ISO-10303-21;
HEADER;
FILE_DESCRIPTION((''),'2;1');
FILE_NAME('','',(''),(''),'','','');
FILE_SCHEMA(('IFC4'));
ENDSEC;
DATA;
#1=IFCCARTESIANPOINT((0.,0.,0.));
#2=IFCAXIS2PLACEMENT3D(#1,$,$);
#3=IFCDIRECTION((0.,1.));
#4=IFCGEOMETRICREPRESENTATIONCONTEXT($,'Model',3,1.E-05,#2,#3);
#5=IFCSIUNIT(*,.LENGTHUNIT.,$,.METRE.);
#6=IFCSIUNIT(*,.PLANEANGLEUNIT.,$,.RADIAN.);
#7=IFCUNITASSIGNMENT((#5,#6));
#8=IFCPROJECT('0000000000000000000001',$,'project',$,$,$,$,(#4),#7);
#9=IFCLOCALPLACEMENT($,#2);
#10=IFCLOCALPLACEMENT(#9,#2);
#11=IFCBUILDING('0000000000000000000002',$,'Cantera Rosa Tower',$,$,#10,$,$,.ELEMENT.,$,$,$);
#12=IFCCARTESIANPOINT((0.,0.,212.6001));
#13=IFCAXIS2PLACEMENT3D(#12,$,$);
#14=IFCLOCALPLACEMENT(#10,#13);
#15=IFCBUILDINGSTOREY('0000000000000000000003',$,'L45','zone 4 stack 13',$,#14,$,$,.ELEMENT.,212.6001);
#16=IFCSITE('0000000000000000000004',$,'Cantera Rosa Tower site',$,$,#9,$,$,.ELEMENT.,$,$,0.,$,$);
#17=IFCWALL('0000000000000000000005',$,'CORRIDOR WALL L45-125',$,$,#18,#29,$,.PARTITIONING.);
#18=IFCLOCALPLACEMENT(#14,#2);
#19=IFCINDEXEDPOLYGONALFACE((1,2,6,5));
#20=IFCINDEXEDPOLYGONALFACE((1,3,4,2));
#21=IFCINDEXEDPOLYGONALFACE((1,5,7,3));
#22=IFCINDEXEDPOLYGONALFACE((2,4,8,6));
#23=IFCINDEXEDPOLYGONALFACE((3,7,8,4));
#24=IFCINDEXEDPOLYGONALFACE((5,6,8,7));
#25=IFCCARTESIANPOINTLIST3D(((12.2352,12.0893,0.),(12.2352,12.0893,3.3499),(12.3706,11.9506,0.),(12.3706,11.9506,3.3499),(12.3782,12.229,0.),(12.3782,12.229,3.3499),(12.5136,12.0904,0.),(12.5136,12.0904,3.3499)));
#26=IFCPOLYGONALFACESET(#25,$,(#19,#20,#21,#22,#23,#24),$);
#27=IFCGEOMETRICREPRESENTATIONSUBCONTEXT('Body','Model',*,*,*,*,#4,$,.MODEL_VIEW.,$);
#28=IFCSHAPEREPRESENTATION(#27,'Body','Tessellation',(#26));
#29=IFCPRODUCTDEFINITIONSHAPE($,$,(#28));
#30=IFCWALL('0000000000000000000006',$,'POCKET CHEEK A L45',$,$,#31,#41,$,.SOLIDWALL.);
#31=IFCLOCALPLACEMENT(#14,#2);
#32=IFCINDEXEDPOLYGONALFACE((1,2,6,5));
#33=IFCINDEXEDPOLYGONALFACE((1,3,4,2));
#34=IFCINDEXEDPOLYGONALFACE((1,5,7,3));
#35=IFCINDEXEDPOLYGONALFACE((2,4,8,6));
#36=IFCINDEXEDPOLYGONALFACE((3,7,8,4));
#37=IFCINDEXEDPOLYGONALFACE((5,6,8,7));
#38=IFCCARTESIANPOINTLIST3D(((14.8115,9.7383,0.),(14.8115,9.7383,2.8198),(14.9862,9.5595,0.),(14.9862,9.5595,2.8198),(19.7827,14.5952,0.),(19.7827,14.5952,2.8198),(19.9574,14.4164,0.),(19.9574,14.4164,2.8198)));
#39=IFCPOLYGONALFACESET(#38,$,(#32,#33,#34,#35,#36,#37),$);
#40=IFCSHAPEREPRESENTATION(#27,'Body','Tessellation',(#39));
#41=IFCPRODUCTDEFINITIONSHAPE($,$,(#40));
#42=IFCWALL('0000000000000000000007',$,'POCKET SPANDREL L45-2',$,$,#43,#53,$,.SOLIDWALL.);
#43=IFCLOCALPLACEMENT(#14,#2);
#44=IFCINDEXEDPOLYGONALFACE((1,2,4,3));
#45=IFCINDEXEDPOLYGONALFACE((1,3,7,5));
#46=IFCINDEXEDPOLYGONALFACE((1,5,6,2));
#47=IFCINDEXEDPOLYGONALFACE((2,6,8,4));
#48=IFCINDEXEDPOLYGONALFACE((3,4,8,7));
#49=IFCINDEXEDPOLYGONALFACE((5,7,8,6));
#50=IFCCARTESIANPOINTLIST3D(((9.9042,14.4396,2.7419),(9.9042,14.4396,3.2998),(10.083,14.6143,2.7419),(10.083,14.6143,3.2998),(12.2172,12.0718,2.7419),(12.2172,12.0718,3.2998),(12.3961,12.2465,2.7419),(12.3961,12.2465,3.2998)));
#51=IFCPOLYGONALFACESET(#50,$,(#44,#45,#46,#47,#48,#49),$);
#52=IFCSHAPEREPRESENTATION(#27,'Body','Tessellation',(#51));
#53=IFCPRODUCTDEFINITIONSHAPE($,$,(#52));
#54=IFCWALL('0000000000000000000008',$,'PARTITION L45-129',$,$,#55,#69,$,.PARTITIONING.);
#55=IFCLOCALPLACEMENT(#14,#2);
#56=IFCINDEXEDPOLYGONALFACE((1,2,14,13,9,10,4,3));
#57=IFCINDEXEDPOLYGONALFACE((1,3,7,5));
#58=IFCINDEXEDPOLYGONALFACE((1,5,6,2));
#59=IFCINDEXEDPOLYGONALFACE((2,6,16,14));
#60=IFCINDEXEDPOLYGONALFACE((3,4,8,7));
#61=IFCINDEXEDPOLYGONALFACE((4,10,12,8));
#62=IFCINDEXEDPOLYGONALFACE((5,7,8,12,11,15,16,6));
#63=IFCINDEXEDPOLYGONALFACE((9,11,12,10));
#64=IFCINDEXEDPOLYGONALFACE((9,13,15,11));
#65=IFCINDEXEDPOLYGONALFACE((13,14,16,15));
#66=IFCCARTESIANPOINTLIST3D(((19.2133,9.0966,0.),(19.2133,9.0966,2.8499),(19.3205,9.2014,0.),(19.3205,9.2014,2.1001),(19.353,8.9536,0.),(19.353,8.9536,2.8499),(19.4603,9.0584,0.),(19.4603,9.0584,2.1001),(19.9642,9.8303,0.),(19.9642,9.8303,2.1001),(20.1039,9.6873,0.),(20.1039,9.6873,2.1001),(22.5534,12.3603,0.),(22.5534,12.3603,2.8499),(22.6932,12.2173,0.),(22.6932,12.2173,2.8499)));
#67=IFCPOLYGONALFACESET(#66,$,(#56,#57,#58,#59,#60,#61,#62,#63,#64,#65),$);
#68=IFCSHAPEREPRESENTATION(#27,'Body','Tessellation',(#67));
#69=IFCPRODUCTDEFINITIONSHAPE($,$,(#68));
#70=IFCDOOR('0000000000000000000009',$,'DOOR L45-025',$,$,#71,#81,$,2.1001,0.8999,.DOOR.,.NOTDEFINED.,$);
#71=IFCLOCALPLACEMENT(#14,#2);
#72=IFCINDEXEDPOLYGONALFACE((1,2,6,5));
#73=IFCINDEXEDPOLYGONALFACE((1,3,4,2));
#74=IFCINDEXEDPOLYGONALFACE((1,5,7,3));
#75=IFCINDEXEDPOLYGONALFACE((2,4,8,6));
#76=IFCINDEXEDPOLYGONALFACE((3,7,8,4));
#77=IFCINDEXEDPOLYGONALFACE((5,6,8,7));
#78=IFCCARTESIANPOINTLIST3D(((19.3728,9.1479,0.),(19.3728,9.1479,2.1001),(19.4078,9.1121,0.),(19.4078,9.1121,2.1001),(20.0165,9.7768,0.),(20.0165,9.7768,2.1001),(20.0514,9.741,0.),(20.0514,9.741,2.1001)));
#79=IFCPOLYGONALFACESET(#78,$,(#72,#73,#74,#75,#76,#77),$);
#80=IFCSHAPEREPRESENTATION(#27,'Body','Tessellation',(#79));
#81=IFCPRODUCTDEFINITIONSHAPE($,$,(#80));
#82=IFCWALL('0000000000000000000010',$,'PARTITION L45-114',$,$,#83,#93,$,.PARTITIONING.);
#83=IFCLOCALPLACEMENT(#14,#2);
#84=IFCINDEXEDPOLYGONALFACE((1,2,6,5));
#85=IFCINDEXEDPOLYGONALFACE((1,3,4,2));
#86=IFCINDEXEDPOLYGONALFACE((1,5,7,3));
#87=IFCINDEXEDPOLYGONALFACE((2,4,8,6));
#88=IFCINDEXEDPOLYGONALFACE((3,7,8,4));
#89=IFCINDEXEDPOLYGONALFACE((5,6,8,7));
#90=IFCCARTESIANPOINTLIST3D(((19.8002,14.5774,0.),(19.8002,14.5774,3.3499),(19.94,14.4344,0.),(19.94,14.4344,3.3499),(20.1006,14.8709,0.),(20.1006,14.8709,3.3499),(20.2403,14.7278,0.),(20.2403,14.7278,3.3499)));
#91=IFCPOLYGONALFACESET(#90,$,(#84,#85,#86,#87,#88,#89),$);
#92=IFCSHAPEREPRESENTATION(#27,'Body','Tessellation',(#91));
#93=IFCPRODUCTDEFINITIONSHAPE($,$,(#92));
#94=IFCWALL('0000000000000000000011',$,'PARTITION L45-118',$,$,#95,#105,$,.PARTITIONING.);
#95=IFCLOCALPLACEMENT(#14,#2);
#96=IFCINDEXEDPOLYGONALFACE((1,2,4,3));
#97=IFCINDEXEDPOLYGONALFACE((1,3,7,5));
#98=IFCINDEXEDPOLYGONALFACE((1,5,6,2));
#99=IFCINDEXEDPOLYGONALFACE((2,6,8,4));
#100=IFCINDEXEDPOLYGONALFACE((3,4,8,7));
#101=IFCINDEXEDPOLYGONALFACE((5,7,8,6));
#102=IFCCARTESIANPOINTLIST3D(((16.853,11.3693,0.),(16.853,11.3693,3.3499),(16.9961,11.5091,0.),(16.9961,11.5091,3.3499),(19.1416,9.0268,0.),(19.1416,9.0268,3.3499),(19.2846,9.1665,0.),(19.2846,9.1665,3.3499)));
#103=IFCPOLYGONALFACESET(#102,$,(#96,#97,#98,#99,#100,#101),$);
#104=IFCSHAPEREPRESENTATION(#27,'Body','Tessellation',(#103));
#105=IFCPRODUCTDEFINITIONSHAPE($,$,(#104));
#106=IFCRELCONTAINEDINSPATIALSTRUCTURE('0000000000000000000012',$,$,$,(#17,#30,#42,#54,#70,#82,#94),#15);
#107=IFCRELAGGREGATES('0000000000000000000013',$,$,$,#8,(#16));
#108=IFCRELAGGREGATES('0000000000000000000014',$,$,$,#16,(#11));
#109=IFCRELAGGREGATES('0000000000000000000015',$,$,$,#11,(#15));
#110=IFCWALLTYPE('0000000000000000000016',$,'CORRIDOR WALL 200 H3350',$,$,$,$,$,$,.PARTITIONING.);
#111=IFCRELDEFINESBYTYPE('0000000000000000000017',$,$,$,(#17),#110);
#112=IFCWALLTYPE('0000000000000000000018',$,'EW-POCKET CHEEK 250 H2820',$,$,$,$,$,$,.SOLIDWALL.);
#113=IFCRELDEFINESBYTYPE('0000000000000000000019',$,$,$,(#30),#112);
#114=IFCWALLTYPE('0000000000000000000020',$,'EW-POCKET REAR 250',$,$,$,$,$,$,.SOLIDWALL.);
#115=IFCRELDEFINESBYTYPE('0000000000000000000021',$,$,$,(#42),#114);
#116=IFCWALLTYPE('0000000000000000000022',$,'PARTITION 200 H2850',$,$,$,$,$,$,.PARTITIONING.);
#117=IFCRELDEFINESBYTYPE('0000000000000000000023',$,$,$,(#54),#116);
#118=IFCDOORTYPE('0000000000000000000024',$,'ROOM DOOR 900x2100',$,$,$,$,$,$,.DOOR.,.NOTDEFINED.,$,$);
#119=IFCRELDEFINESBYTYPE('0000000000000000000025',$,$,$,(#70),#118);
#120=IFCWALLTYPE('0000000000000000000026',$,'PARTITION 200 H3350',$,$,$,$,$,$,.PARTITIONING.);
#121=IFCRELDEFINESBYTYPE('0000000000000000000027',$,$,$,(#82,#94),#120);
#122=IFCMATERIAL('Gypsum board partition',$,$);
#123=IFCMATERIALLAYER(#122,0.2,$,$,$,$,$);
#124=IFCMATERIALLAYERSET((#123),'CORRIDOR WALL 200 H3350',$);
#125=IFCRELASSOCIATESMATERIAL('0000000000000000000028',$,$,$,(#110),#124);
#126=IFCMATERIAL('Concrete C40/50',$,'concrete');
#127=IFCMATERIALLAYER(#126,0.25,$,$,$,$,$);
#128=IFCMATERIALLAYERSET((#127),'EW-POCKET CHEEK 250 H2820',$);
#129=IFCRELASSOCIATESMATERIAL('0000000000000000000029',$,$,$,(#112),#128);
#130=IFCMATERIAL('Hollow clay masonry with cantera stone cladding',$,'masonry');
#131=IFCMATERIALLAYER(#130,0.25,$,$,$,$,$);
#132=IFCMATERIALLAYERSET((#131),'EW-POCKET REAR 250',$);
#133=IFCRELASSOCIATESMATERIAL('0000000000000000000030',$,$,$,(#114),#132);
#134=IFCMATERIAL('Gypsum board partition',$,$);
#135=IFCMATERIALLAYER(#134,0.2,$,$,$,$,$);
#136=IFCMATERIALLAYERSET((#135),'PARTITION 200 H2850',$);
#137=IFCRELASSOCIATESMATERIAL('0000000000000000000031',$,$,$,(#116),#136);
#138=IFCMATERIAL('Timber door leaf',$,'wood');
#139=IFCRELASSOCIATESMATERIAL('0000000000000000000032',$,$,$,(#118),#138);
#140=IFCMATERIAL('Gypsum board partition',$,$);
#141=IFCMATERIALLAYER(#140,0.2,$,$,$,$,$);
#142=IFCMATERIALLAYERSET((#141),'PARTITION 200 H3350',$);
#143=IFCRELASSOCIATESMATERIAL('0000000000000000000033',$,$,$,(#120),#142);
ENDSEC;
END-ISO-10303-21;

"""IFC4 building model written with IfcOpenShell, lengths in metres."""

from ifc_helpers import new_model, si_unit, direction, frame, frame_2d, origin, place, context, subcontext, project, spatial, rectangle, extrude, material, layer, layer_set, type_object, element, fill, save


model = new_model("IFC4")

# Units and contexts
model_context = context("Model", 3, precision=1e-05, world=origin(), true_north=direction((0.0, 1.0)))
body_context = subcontext(model_context, "Body", "Model", "MODEL_VIEW")
ifc_project = project(units=[si_unit("LENGTHUNIT", "METRE"), si_unit("PLANEANGLEUNIT", "RADIAN")], contexts=[model_context])

# Site, building, storey
site_placement = place(None, origin())
site = spatial("IfcSite", under=ifc_project, at=site_placement, Name="Cantera Rosa Tower site", CompositionType="ELEMENT", RefElevation=0.0)
building_placement = place(site_placement, origin())
building = spatial("IfcBuilding", under=site, at=building_placement, Name="Cantera Rosa Tower", CompositionType="ELEMENT")
storey_placement = place(building_placement, frame((0.0, 0.0, 212.6001)))
storey = spatial("IfcBuildingStorey", under=building, at=storey_placement, Name="L45", Description="zone 4 stack 13", CompositionType="ELEMENT", Elevation=212.6001)

# Walls
ifc_material_1 = material(Name="Gypsum board partition")
ifc_layer_1 = layer(ifc_material_1, 0.2)
ifc_layer_set_1 = layer_set([ifc_layer_1], Name="CORRIDOR WALL 200 H3350")
wall_type_1 = type_object("IfcWallType", Name="CORRIDOR WALL 200 H3350", PredefinedType="PARTITIONING", material=ifc_layer_set_1)
wall_1_placement = place(storey_placement, frame((12.4421, 12.0205, 0.0), z_axis=(0.0, 0.0, 1.0), x_axis=(-0.698874, 0.715244, 0.0)))
element("IfcWall", 1, at=wall_1_placement, inside=storey, type_object=wall_type_1, Name="CORRIDOR WALL L45-125", PredefinedType="PARTITIONING", context=body_context, shape_type="SweptSolid", body=[
    extrude(rectangle(XDim=0.1938, YDim=0.2, at=frame_2d((0.0969, 0.0))), origin(), (0.0, 0.0, 1.0), 3.3499),
])
ifc_material_2 = material(Name="Concrete C40/50", Category="concrete")
ifc_layer_2 = layer(ifc_material_2, 0.25)
ifc_layer_set_2 = layer_set([ifc_layer_2], Name="EW-POCKET CHEEK 250 H2820")
wall_type_2 = type_object("IfcWallType", Name="EW-POCKET CHEEK 250 H2820", PredefinedType="SOLIDWALL", material=ifc_layer_set_2)
wall_2_placement = place(storey_placement, frame((19.8701, 14.5059, 0.0), z_axis=(0.0, 0.0, 1.0), x_axis=(-0.715279, -0.698839, 0.0)))
element("IfcWall", 2, at=wall_2_placement, inside=storey, type_object=wall_type_2, Name="POCKET CHEEK A L45", PredefinedType="SOLIDWALL", context=body_context, shape_type="SweptSolid", body=[
    extrude(rectangle(XDim=6.95, YDim=0.25, at=frame_2d((3.4751, 0.0))), origin(), (0.0, 0.0, 1.0), 2.8198),
])
ifc_material_3 = material(Name="Hollow clay masonry with cantera stone cladding", Category="masonry")
ifc_layer_3 = layer(ifc_material_3, 0.25)
ifc_layer_set_3 = layer_set([ifc_layer_3], Name="EW-POCKET REAR 250")
wall_type_3 = type_object("IfcWallType", Name="EW-POCKET REAR 250", PredefinedType="SOLIDWALL", material=ifc_layer_set_3)
wall_3_placement = place(storey_placement, frame((12.3066, 12.1592, 2.7419), z_axis=(0.0, 0.0, 1.0), x_axis=(-0.698797, 0.71532, 0.0)))
element("IfcWall", 3, at=wall_3_placement, inside=storey, type_object=wall_type_3, Name="POCKET SPANDREL L45-2", PredefinedType="SOLIDWALL", context=body_context, shape_type="SweptSolid", body=[
    extrude(rectangle(XDim=3.3101, YDim=0.25, at=frame_2d((1.655, 0.0))), origin(), (0.0, 0.0, 1.0), 0.5579),
])

# Wall, opening, door
ifc_material_4 = material(Name="Gypsum board partition")
ifc_layer_4 = layer(ifc_material_4, 0.2)
ifc_layer_set_4 = layer_set([ifc_layer_4], Name="PARTITION 200 H2850")
wall_type_4 = type_object("IfcWallType", Name="PARTITION 200 H2850", PredefinedType="PARTITIONING", material=ifc_layer_set_4)
wall_4_placement = place(storey_placement, frame((22.6233, 12.2888, 0.0), z_axis=(0.0, 0.0, 1.0), x_axis=(-0.715241, -0.698878, 0.0)))
wall_4 = element("IfcWall", 4, at=wall_4_placement, inside=storey, type_object=wall_type_4, Name="PARTITION L45-129", PredefinedType="PARTITIONING", context=body_context, shape_type="SweptSolid", body=[
    extrude(rectangle(XDim=4.6699, YDim=0.2, at=frame_2d((2.335, 0.0))), origin(), (0.0, 0.0, 1.0), 2.8499),
])
opening_placement = place(wall_4_placement, frame((3.6201, 0.0, 0.0)))
opening = element("IfcOpeningElement", 5, at=opening_placement, cuts=wall_4, PredefinedType="OPENING", context=body_context, shape_type="SweptSolid", body=[
    extrude(rectangle(XDim=0.8999, YDim=2.1001, at=frame_2d((0.45, 1.05))), frame((0.0, 0.1099, 0.0), z_axis=(0.0, -1.0, 0.0), x_axis=(1.0, 0.0, 0.0)), (0.0, 0.0, 1.0), 0.22),
])
ifc_material_5 = material(Name="Timber door leaf", Category="wood")
door_type = type_object("IfcDoorType", Name="ROOM DOOR 900x2100", OperationType="NOTDEFINED", PredefinedType="DOOR", material=ifc_material_5)
door_placement = place(opening_placement, origin())
door = element("IfcDoor", 6, at=door_placement, inside=storey, type_object=door_type, Name="DOOR L45-025", OperationType="NOTDEFINED", OverallHeight=2.1001, OverallWidth=0.8999, PredefinedType="DOOR", context=body_context, shape_type="SweptSolid", body=[
    extrude(rectangle(XDim=0.8999, YDim=2.1001, at=frame_2d((0.45, 1.05))), frame((0.0, 0.0249, 0.0), z_axis=(0.0, -1.0, 0.0), x_axis=(1.0, 0.0, 0.0)), (0.0, 0.0, 1.0), 0.05),
])
fill(opening, door)

# Walls
ifc_material_6 = material(Name="Gypsum board partition")
ifc_layer_5 = layer(ifc_material_6, 0.2)
ifc_layer_set_5 = layer_set([ifc_layer_5], Name="PARTITION 200 H3350")
wall_type_5 = type_object("IfcWallType", Name="PARTITION 200 H3350", PredefinedType="PARTITIONING", material=ifc_layer_set_5)
wall_5_placement = place(storey_placement, frame((19.8701, 14.5059, 0.0), z_axis=(0.0, 0.0, 1.0), x_axis=(0.7152, 0.698919, 0.0)))
element("IfcWall", 7, at=wall_5_placement, inside=storey, type_object=wall_type_5, Name="PARTITION L45-114", PredefinedType="PARTITIONING", context=body_context, shape_type="SweptSolid", body=[
    extrude(rectangle(XDim=0.4199, YDim=0.2, at=frame_2d((0.21, 0.0))), origin(), (0.0, 0.0, 1.0), 3.3499),
])
wall_6_placement = place(storey_placement, frame((16.9246, 11.4392, 0.0), z_axis=(0.0, 0.0, 1.0), x_axis=(0.698821, -0.715296, 0.0)))
element("IfcWall", 8, at=wall_6_placement, inside=storey, type_object=wall_type_5, Name="PARTITION L45-118", PredefinedType="PARTITIONING", context=body_context, shape_type="SweptSolid", body=[
    extrude(rectangle(XDim=3.2749, YDim=0.2, at=frame_2d((1.6375, 0.0))), origin(), (0.0, 0.0, 1.0), 3.3499),
])

save(model, "model.ifc")
